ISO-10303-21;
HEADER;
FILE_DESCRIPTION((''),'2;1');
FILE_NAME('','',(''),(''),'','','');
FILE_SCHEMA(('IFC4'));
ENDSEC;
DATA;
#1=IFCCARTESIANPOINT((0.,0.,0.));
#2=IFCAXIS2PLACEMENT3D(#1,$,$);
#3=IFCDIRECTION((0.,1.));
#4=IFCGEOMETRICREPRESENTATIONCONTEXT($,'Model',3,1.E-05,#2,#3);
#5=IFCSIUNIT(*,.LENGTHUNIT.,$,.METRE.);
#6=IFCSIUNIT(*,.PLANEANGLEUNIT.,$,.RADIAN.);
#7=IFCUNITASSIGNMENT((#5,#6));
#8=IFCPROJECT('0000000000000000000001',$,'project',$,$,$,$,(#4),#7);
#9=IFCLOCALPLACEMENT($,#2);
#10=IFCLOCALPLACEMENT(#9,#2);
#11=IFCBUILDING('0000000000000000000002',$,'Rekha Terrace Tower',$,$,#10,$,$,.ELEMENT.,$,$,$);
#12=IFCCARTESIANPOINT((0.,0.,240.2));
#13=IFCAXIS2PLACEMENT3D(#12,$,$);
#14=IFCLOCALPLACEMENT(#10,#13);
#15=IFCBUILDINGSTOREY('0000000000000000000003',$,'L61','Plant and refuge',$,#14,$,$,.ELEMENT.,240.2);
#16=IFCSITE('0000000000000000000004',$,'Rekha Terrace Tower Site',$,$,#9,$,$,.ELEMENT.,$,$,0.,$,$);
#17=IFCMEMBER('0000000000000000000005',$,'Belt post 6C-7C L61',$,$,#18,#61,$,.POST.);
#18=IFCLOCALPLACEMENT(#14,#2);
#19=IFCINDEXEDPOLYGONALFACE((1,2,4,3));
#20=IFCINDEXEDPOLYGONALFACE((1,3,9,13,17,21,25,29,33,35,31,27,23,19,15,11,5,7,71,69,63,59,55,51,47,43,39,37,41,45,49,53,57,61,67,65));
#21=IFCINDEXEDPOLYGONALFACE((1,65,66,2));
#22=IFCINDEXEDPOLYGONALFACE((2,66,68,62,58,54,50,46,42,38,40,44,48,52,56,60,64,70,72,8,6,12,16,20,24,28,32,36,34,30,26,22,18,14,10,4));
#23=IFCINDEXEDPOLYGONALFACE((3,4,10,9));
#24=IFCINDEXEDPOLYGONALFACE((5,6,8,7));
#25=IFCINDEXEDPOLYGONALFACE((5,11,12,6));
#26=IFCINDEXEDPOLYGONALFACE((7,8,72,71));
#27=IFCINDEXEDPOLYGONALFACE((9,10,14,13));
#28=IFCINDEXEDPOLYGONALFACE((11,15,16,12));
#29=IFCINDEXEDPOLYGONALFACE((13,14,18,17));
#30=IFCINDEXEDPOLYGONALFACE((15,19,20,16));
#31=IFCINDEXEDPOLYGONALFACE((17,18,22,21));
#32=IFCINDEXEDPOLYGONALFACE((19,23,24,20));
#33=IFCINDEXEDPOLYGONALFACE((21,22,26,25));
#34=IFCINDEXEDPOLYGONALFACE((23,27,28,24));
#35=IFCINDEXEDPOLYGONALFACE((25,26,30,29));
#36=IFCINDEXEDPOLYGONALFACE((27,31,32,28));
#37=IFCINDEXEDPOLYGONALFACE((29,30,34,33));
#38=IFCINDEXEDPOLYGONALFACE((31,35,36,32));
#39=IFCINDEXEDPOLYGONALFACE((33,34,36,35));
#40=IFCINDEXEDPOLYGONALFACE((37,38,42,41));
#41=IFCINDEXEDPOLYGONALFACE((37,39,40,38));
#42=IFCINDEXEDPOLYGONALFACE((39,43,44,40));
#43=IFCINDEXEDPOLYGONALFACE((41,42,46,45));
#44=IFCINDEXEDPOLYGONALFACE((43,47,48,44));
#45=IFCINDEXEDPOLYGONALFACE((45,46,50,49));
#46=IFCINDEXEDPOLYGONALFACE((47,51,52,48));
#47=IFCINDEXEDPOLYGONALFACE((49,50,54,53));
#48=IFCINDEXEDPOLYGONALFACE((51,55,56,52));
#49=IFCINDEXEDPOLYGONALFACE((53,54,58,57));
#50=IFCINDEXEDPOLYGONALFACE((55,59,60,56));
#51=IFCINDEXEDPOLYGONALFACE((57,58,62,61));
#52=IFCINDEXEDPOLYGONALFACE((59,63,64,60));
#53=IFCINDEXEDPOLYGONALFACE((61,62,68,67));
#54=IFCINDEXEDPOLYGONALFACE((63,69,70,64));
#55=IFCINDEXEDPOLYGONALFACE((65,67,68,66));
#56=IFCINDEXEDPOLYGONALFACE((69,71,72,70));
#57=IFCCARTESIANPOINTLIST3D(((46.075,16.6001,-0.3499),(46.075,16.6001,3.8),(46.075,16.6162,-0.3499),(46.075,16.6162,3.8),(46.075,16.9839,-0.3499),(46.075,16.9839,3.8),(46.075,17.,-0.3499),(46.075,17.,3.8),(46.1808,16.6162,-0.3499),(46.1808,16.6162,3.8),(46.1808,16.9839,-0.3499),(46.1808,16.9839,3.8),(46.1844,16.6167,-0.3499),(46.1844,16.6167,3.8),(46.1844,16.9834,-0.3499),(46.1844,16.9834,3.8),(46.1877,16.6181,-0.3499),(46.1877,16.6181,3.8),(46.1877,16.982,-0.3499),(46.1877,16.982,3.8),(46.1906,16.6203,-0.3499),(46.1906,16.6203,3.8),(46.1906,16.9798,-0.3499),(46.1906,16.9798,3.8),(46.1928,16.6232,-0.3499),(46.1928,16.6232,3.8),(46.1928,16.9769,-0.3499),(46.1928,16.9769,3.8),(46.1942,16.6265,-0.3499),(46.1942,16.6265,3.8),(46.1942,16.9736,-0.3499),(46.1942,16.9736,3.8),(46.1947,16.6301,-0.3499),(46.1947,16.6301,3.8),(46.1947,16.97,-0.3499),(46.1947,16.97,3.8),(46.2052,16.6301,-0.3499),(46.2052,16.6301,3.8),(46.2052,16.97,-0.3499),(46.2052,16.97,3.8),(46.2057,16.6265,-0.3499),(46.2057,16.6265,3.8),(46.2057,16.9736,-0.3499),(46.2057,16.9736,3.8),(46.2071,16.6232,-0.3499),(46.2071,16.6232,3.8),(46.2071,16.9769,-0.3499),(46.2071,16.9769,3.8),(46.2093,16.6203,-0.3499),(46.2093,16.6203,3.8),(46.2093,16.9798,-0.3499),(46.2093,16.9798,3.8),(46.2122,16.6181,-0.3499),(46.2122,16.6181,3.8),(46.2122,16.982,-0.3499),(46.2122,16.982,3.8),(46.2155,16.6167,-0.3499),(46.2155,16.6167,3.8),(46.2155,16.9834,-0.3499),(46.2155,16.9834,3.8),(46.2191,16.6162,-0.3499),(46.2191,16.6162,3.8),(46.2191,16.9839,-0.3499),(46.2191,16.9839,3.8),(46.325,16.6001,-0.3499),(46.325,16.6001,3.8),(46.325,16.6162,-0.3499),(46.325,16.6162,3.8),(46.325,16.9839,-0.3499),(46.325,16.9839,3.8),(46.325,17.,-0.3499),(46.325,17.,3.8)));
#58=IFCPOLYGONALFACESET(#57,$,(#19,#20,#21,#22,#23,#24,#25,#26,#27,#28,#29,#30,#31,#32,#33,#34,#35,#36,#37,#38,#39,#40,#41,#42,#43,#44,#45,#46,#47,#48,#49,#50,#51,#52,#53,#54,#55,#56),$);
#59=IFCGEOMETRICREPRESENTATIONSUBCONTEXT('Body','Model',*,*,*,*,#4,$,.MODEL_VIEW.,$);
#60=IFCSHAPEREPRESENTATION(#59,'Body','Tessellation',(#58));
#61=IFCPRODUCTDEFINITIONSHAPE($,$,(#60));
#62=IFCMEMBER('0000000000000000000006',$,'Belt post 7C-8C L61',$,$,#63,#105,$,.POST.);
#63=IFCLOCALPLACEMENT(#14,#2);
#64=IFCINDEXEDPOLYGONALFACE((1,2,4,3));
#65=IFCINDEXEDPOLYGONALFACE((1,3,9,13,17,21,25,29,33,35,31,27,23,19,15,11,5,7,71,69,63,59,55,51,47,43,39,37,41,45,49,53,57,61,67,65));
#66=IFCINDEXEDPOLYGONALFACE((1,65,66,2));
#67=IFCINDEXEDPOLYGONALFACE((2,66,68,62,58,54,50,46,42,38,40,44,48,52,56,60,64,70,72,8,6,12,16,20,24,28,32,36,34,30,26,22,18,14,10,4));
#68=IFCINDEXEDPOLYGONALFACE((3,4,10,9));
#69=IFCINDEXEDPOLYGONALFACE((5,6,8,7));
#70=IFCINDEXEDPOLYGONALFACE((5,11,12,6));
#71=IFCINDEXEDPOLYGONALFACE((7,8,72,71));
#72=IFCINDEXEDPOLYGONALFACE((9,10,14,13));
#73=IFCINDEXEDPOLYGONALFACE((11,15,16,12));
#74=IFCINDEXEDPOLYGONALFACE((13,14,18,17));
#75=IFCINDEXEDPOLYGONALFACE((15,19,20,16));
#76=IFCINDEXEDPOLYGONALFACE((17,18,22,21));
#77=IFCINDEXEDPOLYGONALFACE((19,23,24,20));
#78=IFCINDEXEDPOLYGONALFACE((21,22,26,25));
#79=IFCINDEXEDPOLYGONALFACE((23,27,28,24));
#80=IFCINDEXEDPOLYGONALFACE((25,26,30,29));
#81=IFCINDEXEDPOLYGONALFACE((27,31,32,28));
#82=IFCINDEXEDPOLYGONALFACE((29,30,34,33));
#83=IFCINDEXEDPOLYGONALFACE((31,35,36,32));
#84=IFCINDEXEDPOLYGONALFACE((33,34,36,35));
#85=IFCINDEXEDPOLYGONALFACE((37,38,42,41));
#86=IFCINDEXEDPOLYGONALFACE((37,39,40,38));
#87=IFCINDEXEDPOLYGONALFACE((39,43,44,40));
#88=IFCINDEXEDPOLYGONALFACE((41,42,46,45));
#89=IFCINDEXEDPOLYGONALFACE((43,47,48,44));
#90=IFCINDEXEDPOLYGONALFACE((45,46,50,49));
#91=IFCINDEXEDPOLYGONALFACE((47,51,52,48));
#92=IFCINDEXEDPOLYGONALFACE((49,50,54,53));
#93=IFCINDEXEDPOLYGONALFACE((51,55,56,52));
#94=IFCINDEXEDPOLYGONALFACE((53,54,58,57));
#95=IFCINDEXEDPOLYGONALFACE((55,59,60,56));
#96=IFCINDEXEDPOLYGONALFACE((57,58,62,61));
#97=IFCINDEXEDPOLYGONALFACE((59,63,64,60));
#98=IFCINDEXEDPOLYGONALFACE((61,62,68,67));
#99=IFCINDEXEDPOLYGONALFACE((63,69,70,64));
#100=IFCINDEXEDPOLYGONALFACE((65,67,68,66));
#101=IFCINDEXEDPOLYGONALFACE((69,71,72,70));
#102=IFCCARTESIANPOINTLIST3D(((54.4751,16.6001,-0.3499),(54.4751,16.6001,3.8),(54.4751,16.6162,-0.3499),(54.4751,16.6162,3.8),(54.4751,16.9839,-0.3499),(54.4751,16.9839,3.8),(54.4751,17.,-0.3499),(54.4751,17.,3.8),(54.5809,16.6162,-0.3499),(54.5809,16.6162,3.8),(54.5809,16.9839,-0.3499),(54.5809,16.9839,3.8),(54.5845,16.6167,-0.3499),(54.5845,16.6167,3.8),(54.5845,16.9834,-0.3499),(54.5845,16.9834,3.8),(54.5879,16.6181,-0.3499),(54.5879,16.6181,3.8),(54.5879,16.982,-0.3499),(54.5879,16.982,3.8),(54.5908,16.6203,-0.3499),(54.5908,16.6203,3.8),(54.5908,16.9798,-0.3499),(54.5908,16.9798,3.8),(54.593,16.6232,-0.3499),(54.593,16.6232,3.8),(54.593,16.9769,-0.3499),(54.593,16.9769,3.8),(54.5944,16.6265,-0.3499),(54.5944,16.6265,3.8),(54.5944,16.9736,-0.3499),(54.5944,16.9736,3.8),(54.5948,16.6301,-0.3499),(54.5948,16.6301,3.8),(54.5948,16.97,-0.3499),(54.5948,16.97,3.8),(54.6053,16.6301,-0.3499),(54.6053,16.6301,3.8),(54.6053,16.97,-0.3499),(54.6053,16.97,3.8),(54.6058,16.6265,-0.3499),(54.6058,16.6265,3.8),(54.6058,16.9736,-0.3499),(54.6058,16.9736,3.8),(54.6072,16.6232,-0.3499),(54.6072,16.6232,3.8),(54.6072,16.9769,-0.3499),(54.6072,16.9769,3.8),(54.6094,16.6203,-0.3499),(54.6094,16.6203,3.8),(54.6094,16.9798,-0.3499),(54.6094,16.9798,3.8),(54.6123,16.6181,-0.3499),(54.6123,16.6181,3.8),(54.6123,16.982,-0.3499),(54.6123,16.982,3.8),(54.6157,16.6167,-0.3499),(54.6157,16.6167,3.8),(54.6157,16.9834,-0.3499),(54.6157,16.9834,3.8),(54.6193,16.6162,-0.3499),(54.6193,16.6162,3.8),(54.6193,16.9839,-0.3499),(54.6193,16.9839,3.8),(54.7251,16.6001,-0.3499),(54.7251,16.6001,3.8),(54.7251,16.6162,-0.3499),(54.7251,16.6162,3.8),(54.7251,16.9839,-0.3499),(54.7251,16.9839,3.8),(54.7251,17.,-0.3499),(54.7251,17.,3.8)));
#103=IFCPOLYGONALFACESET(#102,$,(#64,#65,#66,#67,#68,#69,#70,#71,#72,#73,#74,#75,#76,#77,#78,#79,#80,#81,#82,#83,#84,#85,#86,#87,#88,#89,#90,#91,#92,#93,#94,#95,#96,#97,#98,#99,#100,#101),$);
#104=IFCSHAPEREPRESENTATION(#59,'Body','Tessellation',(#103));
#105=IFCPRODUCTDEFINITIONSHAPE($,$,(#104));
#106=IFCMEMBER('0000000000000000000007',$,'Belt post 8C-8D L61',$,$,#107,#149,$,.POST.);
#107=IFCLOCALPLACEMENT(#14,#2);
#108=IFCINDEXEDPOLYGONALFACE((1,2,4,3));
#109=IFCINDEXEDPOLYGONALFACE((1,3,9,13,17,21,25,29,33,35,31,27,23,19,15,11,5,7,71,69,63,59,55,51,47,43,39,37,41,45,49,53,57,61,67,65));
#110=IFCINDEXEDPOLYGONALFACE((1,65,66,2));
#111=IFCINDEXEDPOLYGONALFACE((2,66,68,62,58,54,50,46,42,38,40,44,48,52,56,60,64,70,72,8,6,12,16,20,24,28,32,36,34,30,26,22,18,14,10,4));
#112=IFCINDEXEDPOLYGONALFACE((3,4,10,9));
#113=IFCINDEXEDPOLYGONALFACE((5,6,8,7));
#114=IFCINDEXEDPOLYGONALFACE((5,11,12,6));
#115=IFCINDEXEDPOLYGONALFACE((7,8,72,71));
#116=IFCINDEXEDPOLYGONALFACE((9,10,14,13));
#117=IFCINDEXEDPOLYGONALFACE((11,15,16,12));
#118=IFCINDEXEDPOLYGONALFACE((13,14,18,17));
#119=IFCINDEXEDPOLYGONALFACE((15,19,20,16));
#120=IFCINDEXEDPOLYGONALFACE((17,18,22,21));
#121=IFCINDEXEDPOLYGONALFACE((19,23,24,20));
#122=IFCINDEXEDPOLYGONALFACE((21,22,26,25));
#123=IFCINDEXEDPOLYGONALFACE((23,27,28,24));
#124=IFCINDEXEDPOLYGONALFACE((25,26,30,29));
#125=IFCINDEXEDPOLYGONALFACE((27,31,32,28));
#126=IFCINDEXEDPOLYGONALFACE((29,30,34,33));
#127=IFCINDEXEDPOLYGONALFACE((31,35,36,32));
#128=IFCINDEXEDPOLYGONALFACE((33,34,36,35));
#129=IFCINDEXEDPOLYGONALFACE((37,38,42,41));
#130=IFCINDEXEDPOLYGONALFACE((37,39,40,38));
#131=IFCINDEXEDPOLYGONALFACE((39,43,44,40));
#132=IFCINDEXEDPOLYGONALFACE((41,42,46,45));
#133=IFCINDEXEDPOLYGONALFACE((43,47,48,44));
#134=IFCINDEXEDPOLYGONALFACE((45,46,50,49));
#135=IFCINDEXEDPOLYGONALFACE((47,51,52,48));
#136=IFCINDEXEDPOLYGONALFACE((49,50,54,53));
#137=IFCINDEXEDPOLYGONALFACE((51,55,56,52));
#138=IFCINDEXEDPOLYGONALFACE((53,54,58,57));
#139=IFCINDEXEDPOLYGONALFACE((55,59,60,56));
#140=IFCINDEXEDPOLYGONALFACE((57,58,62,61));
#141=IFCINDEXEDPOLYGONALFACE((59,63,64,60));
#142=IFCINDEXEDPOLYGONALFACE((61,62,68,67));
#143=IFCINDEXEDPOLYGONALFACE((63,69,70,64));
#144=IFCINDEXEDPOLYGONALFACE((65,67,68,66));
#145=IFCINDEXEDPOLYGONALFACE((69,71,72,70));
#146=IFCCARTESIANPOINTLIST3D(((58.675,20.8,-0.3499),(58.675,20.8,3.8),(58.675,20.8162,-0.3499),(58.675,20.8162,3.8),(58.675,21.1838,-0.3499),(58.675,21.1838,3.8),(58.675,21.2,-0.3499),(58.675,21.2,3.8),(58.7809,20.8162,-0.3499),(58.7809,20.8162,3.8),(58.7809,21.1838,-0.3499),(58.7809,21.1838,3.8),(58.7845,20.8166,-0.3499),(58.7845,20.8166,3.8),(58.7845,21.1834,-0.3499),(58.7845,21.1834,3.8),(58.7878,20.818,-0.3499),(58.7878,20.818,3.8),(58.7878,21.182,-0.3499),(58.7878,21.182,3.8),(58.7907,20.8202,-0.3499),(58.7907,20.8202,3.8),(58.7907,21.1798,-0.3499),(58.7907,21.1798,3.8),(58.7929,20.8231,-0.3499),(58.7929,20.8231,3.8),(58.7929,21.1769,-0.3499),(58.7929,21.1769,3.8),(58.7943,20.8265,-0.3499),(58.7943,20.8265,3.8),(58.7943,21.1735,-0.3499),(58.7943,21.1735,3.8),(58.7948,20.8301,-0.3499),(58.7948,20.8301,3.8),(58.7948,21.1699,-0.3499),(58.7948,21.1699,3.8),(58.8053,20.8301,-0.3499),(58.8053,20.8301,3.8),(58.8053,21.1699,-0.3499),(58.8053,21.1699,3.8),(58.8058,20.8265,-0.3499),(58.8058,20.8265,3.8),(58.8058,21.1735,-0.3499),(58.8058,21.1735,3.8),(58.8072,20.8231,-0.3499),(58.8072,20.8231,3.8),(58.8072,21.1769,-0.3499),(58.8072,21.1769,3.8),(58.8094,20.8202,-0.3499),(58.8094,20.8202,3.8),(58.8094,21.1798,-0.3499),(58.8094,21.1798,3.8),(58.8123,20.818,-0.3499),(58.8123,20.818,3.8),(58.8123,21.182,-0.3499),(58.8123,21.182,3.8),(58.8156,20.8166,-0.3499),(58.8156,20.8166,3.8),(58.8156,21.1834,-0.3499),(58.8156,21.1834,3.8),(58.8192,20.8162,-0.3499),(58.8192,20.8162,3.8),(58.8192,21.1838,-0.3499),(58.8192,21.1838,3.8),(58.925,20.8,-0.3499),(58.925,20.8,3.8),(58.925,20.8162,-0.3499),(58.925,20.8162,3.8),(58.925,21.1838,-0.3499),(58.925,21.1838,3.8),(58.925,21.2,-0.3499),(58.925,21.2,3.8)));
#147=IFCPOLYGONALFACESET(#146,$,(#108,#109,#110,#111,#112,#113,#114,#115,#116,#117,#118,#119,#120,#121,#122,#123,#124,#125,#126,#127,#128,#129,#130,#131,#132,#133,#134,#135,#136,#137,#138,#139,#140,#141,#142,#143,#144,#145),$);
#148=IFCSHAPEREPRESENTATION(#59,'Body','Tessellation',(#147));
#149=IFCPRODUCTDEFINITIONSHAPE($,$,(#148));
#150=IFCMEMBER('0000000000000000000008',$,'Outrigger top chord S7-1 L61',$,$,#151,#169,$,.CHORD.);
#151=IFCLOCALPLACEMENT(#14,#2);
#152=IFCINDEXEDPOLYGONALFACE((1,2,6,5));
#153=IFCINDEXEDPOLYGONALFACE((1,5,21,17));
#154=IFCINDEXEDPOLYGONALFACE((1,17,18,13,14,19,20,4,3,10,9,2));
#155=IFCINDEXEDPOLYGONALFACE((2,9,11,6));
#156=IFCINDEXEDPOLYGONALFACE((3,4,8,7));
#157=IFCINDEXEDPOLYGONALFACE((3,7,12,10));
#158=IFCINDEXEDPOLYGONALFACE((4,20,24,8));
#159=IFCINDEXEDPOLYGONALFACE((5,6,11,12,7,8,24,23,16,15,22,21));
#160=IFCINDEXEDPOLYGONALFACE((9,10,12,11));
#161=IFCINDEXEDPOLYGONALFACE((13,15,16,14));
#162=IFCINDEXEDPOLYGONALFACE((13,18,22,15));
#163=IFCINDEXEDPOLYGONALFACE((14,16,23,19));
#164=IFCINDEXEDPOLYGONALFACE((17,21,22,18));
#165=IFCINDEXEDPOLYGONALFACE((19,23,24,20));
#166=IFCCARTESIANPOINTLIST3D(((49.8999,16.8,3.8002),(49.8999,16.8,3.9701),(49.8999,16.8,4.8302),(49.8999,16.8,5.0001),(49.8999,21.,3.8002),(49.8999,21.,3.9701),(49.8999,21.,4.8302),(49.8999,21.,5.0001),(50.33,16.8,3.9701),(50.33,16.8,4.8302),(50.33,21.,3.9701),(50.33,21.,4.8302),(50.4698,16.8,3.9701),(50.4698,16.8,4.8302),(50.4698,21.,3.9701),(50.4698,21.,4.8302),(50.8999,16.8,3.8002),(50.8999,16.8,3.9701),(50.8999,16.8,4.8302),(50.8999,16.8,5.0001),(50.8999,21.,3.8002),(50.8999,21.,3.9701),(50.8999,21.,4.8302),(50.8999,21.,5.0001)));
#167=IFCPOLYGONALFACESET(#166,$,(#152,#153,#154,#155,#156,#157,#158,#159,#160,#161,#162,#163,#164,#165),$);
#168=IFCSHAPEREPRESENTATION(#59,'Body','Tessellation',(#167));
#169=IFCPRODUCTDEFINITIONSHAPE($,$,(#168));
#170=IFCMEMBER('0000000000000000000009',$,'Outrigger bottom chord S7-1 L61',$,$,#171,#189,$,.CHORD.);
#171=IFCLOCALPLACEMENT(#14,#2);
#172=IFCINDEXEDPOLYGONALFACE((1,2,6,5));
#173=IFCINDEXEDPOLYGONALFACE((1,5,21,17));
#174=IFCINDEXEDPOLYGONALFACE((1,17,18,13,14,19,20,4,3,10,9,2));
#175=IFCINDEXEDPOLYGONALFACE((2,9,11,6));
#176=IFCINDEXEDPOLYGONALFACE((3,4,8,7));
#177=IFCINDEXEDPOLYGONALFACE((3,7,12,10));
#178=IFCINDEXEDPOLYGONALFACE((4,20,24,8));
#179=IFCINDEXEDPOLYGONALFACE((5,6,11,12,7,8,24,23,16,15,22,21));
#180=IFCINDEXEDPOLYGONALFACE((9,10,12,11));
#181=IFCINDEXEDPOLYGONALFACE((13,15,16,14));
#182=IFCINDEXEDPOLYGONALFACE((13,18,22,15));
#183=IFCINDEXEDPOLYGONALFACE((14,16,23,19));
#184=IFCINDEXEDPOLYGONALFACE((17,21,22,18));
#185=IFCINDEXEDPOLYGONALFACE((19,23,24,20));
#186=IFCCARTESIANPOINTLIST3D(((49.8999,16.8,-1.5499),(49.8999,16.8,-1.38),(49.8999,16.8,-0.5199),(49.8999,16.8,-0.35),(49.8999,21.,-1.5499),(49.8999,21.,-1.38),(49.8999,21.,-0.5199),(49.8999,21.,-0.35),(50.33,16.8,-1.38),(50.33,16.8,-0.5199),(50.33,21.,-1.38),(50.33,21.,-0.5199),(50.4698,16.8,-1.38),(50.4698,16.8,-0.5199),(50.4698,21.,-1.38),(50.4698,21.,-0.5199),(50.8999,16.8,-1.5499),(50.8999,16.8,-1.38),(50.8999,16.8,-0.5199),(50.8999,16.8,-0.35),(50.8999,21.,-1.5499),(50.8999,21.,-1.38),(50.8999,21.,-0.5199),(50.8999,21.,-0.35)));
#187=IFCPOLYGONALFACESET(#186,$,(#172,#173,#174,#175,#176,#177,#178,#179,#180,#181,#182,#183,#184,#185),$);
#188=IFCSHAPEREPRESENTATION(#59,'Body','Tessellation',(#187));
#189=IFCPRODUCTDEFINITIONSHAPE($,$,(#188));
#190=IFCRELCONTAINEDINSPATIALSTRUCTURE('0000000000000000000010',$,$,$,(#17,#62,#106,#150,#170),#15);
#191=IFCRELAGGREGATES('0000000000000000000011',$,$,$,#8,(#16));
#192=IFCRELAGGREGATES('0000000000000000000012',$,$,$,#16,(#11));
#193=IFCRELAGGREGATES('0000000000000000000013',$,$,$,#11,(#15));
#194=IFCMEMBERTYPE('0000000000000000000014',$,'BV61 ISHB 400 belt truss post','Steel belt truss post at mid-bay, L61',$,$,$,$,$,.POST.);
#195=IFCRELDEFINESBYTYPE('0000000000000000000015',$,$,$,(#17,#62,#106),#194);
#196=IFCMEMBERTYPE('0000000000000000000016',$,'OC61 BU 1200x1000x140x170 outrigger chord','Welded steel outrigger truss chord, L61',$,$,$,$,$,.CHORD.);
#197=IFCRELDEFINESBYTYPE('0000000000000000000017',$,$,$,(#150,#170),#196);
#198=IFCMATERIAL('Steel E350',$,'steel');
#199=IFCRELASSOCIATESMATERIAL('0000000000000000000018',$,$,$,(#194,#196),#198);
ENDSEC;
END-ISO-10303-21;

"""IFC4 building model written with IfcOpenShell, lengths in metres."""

from ifc_helpers import new_model, si_unit, direction, frame, origin, origin_2d, place, context, subcontext, project, spatial, i_section, extrude, material, material_profile, profile_set, type_object, element, save


model = new_model("IFC4")

# Units and contexts
model_context = context("Model", 3, precision=1e-05, world=origin(), true_north=direction((0.0, 1.0)))
body_context = subcontext(model_context, "Body", "Model", "MODEL_VIEW")
ifc_project = project(units=[si_unit("LENGTHUNIT", "METRE"), si_unit("PLANEANGLEUNIT", "RADIAN")], contexts=[model_context])

# Site, building, storey
site_placement = place(None, origin())
site = spatial("IfcSite", under=ifc_project, at=site_placement, Name="Rekha Terrace Tower Site", CompositionType="ELEMENT", RefElevation=0.0)
building_placement = place(site_placement, origin())
building = spatial("IfcBuilding", under=site, at=building_placement, Name="Rekha Terrace Tower", CompositionType="ELEMENT")
storey_placement = place(building_placement, frame((0.0, 0.0, 240.2)))
storey = spatial("IfcBuildingStorey", under=building, at=storey_placement, Name="L61", Description="Plant and refuge", CompositionType="ELEMENT", Elevation=240.2)

# Members
ifc_material_1 = material(Name="Steel E350", Category="steel")
ifc_material_profile_1 = material_profile(ifc_material_1, i_section(OverallWidth=0.25, OverallDepth=0.3999, WebThickness=0.0105, FlangeThickness=0.0161, FilletRadius=0.0139, at=origin_2d()), Name="ISHB 400")
ifc_profile_set_1 = profile_set([ifc_material_profile_1], Name="Steel E350")
member_type_1 = type_object("IfcMemberType", Name="BV61 ISHB 400 belt truss post", Description="Steel belt truss post at mid-bay, L61", PredefinedType="POST", material=ifc_profile_set_1)
for number, where, z_axis, x_axis, name in (
    (1, (46.2, 16.8, -0.3499), (0.0, 0.0, 1.0), (1.0, 0.0, 0.0), "Belt post 6C-7C L61"),
    (2, (54.6001, 16.8, -0.3499), (0.0, 0.0, 1.0), (1.0, 0.0, 0.0), "Belt post 7C-8C L61"),
    (3, (58.8, 21.0, -0.3499), (0.0, 0.0, 1.0), (1.0, 0.0, 0.0), "Belt post 8C-8D L61"),
):
    element("IfcMember", number, at=place(storey_placement, frame(where, z_axis=z_axis, x_axis=x_axis)), inside=storey, type_object=member_type_1, Name=name, PredefinedType="POST", context=body_context, shape_type="SweptSolid", body=[
        extrude(i_section(OverallWidth=0.25, OverallDepth=0.3999, WebThickness=0.0105, FlangeThickness=0.0161, FilletRadius=0.0139, at=origin_2d()), origin(), (0.0, 0.0, 1.0), 4.1499),
    ])
ifc_material_profile_2 = material_profile(ifc_material_1, i_section(OverallWidth=1.0, OverallDepth=1.2, WebThickness=0.1399, FlangeThickness=0.1699, at=origin_2d()), Name="BU 1200x1000x140x170")
ifc_profile_set_2 = profile_set([ifc_material_profile_2], Name="Steel E350")
member_type_2 = type_object("IfcMemberType", Name="OC61 BU 1200x1000x140x170 outrigger chord", Description="Welded steel outrigger truss chord, L61", PredefinedType="CHORD", material=ifc_profile_set_2)
for number, where, z_axis, x_axis, name in (
    (4, (50.3999, 21.0, 4.4001), (0.0, -1.0, 0.0), (1.0, 0.0, 0.0), "Outrigger top chord S7-1 L61"),
    (5, (50.3999, 21.0, -0.95), (0.0, -1.0, 0.0), (1.0, 0.0, 0.0), "Outrigger bottom chord S7-1 L61"),
):
    element("IfcMember", number, at=place(storey_placement, frame(where, z_axis=z_axis, x_axis=x_axis)), inside=storey, type_object=member_type_2, Name=name, PredefinedType="CHORD", context=body_context, shape_type="SweptSolid", body=[
        extrude(i_section(OverallWidth=1.0, OverallDepth=1.2, WebThickness=0.1399, FlangeThickness=0.1699, at=origin_2d()), origin(), (0.0, 0.0, 1.0), 4.2),
    ])

save(model, "model.ifc")
